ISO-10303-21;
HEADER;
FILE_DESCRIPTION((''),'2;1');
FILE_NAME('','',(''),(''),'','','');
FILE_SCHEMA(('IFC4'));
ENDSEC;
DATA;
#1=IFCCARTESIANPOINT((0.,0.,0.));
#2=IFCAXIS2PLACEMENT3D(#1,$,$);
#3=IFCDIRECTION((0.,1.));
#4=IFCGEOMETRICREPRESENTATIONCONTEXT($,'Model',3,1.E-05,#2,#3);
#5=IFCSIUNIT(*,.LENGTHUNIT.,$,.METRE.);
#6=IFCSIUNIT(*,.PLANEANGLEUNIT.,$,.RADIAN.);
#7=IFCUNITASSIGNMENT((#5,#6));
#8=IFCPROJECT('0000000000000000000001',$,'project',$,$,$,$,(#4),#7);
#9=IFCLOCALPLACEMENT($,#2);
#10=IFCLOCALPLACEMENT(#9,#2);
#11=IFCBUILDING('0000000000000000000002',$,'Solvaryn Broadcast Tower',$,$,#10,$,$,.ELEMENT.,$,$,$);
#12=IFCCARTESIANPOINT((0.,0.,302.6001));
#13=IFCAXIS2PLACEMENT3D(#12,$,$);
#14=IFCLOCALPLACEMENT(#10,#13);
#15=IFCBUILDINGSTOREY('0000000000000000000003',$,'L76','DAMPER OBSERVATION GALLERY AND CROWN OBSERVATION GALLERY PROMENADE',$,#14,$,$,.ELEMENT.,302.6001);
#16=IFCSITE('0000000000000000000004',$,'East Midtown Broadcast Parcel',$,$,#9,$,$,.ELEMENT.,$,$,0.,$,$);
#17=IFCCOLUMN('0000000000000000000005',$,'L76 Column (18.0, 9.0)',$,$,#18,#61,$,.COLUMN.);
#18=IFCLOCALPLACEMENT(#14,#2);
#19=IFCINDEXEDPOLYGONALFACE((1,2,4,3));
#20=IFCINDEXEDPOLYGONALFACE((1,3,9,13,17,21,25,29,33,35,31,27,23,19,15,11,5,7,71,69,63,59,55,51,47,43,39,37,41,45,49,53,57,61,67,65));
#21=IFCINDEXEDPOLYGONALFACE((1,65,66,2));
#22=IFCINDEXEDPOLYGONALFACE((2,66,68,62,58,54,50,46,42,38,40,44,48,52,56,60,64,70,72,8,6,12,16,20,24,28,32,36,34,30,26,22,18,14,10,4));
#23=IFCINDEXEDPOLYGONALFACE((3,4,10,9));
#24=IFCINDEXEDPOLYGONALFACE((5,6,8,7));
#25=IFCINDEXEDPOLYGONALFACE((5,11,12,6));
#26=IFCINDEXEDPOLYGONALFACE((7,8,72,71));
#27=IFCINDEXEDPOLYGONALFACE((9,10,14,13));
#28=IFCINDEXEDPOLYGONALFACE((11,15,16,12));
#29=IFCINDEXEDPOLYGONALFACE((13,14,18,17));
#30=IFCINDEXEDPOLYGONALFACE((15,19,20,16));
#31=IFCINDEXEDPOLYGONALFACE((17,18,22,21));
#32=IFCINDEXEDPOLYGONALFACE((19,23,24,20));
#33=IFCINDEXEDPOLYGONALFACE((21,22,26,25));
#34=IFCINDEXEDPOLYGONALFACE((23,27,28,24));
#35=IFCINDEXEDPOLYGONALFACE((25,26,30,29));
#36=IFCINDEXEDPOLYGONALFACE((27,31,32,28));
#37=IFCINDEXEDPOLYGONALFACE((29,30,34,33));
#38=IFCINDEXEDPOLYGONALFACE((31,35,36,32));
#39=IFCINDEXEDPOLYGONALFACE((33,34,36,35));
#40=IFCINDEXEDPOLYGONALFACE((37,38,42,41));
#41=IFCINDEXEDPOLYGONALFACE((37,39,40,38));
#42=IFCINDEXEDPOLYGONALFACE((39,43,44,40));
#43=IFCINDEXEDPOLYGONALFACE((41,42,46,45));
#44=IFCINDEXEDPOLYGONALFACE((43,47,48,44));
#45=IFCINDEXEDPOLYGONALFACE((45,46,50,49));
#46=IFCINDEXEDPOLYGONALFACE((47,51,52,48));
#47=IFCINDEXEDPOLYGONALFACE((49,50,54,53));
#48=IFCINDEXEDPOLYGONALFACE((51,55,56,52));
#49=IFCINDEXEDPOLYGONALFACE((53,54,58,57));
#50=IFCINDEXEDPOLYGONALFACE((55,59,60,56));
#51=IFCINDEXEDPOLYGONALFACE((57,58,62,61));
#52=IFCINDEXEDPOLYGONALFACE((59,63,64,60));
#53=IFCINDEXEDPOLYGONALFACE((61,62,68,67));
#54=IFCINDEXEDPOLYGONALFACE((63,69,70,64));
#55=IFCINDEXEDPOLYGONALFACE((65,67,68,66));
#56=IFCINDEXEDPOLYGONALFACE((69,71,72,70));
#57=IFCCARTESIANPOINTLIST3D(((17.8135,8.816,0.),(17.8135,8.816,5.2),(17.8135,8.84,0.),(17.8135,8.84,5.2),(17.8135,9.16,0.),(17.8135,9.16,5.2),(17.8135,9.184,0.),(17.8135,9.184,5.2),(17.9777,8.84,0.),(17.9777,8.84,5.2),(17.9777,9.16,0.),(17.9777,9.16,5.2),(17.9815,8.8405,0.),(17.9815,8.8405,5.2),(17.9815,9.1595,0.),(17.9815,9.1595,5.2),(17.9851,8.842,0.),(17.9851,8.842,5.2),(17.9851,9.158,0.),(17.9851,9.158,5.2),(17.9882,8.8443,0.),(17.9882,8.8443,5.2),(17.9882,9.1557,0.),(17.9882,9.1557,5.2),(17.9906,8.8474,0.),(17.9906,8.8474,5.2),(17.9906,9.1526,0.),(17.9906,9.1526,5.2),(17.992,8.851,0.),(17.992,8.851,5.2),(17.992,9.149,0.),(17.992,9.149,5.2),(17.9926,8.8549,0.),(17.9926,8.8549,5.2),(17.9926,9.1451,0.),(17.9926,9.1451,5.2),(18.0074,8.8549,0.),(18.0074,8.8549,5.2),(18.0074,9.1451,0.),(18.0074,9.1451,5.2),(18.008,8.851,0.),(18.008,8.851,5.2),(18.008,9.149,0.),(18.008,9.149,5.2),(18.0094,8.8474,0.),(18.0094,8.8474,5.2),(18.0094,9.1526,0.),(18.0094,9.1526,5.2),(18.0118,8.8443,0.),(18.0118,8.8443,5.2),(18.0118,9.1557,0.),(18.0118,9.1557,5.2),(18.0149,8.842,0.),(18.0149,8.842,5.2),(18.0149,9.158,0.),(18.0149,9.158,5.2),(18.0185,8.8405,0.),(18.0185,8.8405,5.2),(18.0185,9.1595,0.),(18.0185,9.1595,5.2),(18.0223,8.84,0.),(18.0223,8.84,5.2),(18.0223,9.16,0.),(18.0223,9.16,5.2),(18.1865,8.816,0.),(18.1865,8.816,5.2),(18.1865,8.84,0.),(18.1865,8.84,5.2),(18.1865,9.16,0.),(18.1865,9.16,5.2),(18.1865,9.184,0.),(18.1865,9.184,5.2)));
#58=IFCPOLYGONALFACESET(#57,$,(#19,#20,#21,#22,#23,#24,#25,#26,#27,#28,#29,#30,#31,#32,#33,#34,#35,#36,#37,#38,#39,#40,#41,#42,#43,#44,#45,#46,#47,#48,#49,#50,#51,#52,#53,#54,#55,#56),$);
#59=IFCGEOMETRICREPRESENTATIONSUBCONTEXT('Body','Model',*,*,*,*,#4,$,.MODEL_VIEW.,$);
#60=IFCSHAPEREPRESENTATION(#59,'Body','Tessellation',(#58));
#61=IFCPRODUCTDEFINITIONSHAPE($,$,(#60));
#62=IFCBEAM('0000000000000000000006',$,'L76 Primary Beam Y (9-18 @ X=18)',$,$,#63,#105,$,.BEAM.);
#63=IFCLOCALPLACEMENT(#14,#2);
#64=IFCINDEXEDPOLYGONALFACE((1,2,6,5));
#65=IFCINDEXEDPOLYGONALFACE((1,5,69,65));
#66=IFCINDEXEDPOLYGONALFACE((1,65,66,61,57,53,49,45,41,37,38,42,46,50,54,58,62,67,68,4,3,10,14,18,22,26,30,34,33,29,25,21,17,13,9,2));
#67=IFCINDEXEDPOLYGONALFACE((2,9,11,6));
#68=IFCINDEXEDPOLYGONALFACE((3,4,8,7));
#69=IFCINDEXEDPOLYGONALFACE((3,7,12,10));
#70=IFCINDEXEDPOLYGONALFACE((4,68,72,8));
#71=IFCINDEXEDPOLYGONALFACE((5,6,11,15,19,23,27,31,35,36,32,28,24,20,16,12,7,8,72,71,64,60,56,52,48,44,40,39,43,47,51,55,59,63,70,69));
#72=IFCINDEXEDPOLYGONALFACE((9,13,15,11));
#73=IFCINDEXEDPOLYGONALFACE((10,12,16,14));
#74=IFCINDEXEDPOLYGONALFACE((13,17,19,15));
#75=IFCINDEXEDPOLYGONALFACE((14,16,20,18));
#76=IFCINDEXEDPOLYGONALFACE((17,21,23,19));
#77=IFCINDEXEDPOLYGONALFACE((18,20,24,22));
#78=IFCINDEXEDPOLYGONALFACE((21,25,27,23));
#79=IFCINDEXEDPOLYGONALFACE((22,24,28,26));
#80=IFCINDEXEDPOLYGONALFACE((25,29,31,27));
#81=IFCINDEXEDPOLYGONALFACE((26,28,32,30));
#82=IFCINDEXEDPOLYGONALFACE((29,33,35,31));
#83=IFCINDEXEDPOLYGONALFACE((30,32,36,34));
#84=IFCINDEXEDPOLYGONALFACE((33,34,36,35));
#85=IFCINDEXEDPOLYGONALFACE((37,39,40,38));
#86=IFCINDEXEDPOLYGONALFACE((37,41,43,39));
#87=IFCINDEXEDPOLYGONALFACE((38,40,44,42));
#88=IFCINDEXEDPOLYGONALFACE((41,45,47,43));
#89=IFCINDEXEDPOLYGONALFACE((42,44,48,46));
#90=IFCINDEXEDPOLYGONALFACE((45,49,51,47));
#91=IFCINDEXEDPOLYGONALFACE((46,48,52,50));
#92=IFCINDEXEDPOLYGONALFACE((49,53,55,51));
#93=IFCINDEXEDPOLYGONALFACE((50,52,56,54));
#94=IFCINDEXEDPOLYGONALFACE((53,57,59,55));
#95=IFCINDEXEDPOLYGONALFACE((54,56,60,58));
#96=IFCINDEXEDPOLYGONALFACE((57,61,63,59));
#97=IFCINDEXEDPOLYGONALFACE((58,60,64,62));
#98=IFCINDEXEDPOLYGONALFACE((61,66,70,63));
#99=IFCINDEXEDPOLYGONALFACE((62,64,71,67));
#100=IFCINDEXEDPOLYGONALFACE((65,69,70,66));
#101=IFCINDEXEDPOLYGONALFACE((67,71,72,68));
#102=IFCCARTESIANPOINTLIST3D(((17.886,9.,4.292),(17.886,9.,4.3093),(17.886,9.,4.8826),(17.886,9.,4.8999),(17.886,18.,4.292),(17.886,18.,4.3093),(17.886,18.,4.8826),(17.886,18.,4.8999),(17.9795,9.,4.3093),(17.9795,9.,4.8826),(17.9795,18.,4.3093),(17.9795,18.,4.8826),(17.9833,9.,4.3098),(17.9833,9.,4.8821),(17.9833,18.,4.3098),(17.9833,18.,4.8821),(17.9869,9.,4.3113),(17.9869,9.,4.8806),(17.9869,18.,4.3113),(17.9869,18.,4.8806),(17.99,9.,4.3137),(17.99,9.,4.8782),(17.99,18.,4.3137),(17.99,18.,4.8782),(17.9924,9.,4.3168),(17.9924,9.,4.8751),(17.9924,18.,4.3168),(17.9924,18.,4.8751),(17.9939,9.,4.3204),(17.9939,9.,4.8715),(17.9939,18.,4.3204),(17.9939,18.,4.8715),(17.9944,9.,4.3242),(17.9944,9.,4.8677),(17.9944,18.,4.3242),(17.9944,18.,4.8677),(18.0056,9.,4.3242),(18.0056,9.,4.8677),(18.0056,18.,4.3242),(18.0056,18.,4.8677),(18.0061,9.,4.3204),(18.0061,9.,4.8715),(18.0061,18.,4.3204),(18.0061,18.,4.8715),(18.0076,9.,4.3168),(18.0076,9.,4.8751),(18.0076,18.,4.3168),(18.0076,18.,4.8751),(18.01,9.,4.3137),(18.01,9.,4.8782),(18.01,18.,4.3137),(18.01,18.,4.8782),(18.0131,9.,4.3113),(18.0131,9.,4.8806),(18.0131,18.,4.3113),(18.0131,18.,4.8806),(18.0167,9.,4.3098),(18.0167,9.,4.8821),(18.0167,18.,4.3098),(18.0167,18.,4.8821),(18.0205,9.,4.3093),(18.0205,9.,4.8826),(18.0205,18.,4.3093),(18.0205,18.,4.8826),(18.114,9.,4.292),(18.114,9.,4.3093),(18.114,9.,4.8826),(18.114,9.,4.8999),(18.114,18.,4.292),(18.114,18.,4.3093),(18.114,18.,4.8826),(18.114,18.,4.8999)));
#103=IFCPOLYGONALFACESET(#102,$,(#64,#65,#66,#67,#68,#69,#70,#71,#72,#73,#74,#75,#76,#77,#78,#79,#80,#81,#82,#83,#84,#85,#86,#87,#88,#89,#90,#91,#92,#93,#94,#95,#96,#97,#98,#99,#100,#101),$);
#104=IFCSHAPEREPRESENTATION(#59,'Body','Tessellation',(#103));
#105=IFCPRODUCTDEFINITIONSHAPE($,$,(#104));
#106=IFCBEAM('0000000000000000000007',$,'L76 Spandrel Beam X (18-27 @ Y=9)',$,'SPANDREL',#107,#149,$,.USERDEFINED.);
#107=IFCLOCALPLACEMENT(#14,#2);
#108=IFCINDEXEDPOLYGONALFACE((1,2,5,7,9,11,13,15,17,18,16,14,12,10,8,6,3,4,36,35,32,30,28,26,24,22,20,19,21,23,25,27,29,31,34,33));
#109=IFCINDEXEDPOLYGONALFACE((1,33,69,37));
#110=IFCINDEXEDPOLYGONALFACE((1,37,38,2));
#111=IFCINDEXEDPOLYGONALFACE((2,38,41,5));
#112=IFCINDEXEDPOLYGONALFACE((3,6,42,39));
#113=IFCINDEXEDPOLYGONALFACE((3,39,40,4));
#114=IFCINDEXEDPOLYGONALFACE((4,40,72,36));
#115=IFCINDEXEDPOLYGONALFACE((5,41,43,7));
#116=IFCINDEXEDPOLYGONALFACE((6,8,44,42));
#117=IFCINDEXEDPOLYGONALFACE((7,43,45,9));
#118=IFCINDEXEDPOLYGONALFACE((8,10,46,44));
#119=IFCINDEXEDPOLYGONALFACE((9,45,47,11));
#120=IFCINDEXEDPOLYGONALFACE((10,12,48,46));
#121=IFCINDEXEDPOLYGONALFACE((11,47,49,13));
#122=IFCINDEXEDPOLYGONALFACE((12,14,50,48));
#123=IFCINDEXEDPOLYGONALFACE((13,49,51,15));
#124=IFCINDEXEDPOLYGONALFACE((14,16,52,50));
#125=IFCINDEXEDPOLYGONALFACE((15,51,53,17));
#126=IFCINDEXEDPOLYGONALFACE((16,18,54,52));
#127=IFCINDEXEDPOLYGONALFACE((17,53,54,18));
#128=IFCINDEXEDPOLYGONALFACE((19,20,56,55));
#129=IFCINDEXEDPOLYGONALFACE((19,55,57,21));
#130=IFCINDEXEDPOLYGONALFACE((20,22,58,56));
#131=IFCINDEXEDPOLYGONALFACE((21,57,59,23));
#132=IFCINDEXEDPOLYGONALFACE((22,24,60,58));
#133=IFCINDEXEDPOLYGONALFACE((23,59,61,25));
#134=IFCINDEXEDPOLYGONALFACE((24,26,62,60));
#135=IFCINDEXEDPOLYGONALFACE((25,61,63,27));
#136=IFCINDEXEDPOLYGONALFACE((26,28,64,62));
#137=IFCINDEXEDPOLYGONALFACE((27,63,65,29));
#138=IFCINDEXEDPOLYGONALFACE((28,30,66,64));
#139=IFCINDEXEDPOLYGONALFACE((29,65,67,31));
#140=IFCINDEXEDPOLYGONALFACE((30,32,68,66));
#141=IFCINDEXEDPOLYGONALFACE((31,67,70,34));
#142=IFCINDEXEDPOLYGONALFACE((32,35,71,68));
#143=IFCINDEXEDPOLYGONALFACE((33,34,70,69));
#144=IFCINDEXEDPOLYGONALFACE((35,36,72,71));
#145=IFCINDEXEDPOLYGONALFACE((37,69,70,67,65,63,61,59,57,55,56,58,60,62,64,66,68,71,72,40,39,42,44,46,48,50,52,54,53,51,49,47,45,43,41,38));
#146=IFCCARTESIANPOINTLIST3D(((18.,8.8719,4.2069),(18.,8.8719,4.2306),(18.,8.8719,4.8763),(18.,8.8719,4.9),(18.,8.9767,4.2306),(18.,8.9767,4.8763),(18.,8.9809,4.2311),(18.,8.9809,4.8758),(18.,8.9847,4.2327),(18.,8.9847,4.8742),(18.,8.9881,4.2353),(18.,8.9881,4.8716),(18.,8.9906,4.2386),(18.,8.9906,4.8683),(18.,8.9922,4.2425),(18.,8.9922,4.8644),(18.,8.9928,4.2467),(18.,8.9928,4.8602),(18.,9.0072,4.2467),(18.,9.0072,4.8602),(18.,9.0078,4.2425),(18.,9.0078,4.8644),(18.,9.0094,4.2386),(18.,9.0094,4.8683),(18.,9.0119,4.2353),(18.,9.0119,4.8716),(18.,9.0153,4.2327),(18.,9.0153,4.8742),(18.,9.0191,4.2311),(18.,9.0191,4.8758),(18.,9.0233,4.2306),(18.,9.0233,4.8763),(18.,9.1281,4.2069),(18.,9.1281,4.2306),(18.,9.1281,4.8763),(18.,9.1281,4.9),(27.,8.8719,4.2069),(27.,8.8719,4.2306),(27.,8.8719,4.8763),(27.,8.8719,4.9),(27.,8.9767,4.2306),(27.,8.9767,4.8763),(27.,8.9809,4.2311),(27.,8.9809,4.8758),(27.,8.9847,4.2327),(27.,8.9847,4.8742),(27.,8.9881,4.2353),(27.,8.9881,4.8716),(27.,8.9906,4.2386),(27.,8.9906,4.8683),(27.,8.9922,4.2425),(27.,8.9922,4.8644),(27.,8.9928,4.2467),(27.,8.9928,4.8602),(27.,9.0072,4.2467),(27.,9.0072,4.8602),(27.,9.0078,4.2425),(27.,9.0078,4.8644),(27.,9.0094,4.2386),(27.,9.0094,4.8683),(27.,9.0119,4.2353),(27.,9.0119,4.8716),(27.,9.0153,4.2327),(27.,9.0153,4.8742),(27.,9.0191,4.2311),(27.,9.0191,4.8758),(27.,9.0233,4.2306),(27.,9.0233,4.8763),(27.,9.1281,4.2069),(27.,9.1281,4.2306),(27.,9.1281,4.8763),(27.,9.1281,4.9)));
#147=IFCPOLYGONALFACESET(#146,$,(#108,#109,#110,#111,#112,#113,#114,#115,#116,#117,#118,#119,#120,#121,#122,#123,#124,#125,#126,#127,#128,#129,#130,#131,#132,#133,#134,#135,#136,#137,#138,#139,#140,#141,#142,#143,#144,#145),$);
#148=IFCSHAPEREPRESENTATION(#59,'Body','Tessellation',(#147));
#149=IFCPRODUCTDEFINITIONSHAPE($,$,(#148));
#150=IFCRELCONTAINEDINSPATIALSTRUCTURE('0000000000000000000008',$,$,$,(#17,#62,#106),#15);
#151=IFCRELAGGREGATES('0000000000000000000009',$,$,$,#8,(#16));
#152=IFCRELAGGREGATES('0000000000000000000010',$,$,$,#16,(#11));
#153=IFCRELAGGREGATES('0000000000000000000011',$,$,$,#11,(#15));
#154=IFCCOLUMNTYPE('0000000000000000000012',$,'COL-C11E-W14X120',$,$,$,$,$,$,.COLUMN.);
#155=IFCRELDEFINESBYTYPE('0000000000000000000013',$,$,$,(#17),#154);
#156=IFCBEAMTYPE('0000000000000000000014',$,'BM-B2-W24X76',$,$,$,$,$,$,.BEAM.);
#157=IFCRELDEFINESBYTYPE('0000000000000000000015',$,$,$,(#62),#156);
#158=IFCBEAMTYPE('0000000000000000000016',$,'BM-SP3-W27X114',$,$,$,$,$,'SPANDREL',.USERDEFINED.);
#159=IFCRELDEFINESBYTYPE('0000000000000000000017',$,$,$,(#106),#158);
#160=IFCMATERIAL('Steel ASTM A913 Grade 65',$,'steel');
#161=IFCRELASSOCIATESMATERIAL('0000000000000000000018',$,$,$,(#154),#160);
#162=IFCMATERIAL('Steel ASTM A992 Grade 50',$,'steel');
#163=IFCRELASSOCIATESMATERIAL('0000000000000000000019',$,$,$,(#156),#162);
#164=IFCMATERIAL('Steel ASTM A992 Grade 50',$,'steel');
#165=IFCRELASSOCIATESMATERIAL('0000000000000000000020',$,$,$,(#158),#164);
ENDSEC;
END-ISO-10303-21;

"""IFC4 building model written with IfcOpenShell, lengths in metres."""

from ifc_helpers import new_model, si_unit, direction, frame, origin, origin_2d, place, context, subcontext, project, spatial, i_section, extrude, material, material_profile, profile_set, type_object, element, save


model = new_model("IFC4")

# Units and contexts
model_context = context("Model", 3, precision=1e-05, world=origin(), true_north=direction((0.0, 1.0)))
body_context = subcontext(model_context, "Body", "Model", "MODEL_VIEW")
ifc_project = project(units=[si_unit("LENGTHUNIT", "METRE"), si_unit("PLANEANGLEUNIT", "RADIAN")], contexts=[model_context])

# Site, building, storey
site_placement = place(None, origin())
site = spatial("IfcSite", under=ifc_project, at=site_placement, Name="East Midtown Broadcast Parcel", CompositionType="ELEMENT", RefElevation=0.0)
building_placement = place(site_placement, origin())
building = spatial("IfcBuilding", under=site, at=building_placement, Name="Solvaryn Broadcast Tower", CompositionType="ELEMENT")
storey_placement = place(building_placement, frame((0.0, 0.0, 302.6001)))
storey = spatial("IfcBuildingStorey", under=building, at=storey_placement, Name="L76", Description="DAMPER OBSERVATION GALLERY AND CROWN OBSERVATION GALLERY PROMENADE", CompositionType="ELEMENT", Elevation=302.6001)

# Column
ifc_material_1 = material(Name="Steel ASTM A913 Grade 65", Category="steel")
ifc_material_profile_1 = material_profile(ifc_material_1, i_section(OverallWidth=0.373, OverallDepth=0.3679, WebThickness=0.0149, FlangeThickness=0.0239, FilletRadius=0.0149, at=origin_2d()))
ifc_profile_set_1 = profile_set([ifc_material_profile_1], Name="Steel ASTM A913 Grade 65")
column_type = type_object("IfcColumnType", Name="COL-C11E-W14X120", PredefinedType="COLUMN", material=ifc_profile_set_1)
column_placement = place(storey_placement, frame((18.0, 9.0, 0.0), z_axis=(0.0, 0.0, 1.0), x_axis=(1.0, 0.0, 0.0)))
element("IfcColumn", 1, at=column_placement, inside=storey, type_object=column_type, Name="L76 Column (18.0, 9.0)", PredefinedType="COLUMN", context=body_context, shape_type="SweptSolid", body=[
    extrude(i_section(OverallWidth=0.373, OverallDepth=0.3679, WebThickness=0.0149, FlangeThickness=0.0239, FilletRadius=0.0149, at=origin_2d()), origin(), (0.0, 0.0, 1.0), 5.2),
])

# Beams
ifc_material_2 = material(Name="Steel ASTM A992 Grade 50", Category="steel")
ifc_material_profile_2 = material_profile(ifc_material_2, i_section(OverallWidth=0.228, OverallDepth=0.6079, WebThickness=0.0112, FlangeThickness=0.0173, FilletRadius=0.0149, at=origin_2d()))
ifc_profile_set_2 = profile_set([ifc_material_profile_2], Name="Steel ASTM A992 Grade 50")
beam_type_1 = type_object("IfcBeamType", Name="BM-B2-W24X76", PredefinedType="BEAM", material=ifc_profile_set_2)
beam_1_placement = place(storey_placement, frame((18.0, 9.0, 4.5959), z_axis=(0.0, 1.0, 0.0), x_axis=(-1.0, 0.0, 0.0)))
element("IfcBeam", 2, at=beam_1_placement, inside=storey, type_object=beam_type_1, Name="L76 Primary Beam Y (9-18 @ X=18)", PredefinedType="BEAM", context=body_context, shape_type="SweptSolid", body=[
    extrude(i_section(OverallWidth=0.228, OverallDepth=0.6079, WebThickness=0.0112, FlangeThickness=0.0173, FilletRadius=0.0149, at=origin_2d()), origin(), (0.0, 0.0, 1.0), 9.0),
])
ifc_material_3 = material(Name="Steel ASTM A992 Grade 50", Category="steel")
ifc_material_profile_3 = material_profile(ifc_material_3, i_section(OverallWidth=0.2561, OverallDepth=0.6931, WebThickness=0.0144, FlangeThickness=0.0237, FilletRadius=0.0161, at=origin_2d()))
ifc_profile_set_3 = profile_set([ifc_material_profile_3], Name="Steel ASTM A992 Grade 50")
beam_type_2 = type_object("IfcBeamType", Name="BM-SP3-W27X114", ElementType="SPANDREL", PredefinedType="USERDEFINED", material=ifc_profile_set_3)
beam_2_placement = place(storey_placement, frame((18.0, 9.0, 4.5535), z_axis=(1.0, 0.0, 0.0), x_axis=(0.0, 1.0, 0.0)))
element("IfcBeam", 3, at=beam_2_placement, inside=storey, type_object=beam_type_2, Name="L76 Spandrel Beam X (18-27 @ Y=9)", ObjectType="SPANDREL", PredefinedType="USERDEFINED", context=body_context, shape_type="SweptSolid", body=[
    extrude(i_section(OverallWidth=0.2561, OverallDepth=0.6931, WebThickness=0.0144, FlangeThickness=0.0237, FilletRadius=0.0161, at=origin_2d()), origin(), (0.0, 0.0, 1.0), 9.0),
])

save(model, "model.ifc")
